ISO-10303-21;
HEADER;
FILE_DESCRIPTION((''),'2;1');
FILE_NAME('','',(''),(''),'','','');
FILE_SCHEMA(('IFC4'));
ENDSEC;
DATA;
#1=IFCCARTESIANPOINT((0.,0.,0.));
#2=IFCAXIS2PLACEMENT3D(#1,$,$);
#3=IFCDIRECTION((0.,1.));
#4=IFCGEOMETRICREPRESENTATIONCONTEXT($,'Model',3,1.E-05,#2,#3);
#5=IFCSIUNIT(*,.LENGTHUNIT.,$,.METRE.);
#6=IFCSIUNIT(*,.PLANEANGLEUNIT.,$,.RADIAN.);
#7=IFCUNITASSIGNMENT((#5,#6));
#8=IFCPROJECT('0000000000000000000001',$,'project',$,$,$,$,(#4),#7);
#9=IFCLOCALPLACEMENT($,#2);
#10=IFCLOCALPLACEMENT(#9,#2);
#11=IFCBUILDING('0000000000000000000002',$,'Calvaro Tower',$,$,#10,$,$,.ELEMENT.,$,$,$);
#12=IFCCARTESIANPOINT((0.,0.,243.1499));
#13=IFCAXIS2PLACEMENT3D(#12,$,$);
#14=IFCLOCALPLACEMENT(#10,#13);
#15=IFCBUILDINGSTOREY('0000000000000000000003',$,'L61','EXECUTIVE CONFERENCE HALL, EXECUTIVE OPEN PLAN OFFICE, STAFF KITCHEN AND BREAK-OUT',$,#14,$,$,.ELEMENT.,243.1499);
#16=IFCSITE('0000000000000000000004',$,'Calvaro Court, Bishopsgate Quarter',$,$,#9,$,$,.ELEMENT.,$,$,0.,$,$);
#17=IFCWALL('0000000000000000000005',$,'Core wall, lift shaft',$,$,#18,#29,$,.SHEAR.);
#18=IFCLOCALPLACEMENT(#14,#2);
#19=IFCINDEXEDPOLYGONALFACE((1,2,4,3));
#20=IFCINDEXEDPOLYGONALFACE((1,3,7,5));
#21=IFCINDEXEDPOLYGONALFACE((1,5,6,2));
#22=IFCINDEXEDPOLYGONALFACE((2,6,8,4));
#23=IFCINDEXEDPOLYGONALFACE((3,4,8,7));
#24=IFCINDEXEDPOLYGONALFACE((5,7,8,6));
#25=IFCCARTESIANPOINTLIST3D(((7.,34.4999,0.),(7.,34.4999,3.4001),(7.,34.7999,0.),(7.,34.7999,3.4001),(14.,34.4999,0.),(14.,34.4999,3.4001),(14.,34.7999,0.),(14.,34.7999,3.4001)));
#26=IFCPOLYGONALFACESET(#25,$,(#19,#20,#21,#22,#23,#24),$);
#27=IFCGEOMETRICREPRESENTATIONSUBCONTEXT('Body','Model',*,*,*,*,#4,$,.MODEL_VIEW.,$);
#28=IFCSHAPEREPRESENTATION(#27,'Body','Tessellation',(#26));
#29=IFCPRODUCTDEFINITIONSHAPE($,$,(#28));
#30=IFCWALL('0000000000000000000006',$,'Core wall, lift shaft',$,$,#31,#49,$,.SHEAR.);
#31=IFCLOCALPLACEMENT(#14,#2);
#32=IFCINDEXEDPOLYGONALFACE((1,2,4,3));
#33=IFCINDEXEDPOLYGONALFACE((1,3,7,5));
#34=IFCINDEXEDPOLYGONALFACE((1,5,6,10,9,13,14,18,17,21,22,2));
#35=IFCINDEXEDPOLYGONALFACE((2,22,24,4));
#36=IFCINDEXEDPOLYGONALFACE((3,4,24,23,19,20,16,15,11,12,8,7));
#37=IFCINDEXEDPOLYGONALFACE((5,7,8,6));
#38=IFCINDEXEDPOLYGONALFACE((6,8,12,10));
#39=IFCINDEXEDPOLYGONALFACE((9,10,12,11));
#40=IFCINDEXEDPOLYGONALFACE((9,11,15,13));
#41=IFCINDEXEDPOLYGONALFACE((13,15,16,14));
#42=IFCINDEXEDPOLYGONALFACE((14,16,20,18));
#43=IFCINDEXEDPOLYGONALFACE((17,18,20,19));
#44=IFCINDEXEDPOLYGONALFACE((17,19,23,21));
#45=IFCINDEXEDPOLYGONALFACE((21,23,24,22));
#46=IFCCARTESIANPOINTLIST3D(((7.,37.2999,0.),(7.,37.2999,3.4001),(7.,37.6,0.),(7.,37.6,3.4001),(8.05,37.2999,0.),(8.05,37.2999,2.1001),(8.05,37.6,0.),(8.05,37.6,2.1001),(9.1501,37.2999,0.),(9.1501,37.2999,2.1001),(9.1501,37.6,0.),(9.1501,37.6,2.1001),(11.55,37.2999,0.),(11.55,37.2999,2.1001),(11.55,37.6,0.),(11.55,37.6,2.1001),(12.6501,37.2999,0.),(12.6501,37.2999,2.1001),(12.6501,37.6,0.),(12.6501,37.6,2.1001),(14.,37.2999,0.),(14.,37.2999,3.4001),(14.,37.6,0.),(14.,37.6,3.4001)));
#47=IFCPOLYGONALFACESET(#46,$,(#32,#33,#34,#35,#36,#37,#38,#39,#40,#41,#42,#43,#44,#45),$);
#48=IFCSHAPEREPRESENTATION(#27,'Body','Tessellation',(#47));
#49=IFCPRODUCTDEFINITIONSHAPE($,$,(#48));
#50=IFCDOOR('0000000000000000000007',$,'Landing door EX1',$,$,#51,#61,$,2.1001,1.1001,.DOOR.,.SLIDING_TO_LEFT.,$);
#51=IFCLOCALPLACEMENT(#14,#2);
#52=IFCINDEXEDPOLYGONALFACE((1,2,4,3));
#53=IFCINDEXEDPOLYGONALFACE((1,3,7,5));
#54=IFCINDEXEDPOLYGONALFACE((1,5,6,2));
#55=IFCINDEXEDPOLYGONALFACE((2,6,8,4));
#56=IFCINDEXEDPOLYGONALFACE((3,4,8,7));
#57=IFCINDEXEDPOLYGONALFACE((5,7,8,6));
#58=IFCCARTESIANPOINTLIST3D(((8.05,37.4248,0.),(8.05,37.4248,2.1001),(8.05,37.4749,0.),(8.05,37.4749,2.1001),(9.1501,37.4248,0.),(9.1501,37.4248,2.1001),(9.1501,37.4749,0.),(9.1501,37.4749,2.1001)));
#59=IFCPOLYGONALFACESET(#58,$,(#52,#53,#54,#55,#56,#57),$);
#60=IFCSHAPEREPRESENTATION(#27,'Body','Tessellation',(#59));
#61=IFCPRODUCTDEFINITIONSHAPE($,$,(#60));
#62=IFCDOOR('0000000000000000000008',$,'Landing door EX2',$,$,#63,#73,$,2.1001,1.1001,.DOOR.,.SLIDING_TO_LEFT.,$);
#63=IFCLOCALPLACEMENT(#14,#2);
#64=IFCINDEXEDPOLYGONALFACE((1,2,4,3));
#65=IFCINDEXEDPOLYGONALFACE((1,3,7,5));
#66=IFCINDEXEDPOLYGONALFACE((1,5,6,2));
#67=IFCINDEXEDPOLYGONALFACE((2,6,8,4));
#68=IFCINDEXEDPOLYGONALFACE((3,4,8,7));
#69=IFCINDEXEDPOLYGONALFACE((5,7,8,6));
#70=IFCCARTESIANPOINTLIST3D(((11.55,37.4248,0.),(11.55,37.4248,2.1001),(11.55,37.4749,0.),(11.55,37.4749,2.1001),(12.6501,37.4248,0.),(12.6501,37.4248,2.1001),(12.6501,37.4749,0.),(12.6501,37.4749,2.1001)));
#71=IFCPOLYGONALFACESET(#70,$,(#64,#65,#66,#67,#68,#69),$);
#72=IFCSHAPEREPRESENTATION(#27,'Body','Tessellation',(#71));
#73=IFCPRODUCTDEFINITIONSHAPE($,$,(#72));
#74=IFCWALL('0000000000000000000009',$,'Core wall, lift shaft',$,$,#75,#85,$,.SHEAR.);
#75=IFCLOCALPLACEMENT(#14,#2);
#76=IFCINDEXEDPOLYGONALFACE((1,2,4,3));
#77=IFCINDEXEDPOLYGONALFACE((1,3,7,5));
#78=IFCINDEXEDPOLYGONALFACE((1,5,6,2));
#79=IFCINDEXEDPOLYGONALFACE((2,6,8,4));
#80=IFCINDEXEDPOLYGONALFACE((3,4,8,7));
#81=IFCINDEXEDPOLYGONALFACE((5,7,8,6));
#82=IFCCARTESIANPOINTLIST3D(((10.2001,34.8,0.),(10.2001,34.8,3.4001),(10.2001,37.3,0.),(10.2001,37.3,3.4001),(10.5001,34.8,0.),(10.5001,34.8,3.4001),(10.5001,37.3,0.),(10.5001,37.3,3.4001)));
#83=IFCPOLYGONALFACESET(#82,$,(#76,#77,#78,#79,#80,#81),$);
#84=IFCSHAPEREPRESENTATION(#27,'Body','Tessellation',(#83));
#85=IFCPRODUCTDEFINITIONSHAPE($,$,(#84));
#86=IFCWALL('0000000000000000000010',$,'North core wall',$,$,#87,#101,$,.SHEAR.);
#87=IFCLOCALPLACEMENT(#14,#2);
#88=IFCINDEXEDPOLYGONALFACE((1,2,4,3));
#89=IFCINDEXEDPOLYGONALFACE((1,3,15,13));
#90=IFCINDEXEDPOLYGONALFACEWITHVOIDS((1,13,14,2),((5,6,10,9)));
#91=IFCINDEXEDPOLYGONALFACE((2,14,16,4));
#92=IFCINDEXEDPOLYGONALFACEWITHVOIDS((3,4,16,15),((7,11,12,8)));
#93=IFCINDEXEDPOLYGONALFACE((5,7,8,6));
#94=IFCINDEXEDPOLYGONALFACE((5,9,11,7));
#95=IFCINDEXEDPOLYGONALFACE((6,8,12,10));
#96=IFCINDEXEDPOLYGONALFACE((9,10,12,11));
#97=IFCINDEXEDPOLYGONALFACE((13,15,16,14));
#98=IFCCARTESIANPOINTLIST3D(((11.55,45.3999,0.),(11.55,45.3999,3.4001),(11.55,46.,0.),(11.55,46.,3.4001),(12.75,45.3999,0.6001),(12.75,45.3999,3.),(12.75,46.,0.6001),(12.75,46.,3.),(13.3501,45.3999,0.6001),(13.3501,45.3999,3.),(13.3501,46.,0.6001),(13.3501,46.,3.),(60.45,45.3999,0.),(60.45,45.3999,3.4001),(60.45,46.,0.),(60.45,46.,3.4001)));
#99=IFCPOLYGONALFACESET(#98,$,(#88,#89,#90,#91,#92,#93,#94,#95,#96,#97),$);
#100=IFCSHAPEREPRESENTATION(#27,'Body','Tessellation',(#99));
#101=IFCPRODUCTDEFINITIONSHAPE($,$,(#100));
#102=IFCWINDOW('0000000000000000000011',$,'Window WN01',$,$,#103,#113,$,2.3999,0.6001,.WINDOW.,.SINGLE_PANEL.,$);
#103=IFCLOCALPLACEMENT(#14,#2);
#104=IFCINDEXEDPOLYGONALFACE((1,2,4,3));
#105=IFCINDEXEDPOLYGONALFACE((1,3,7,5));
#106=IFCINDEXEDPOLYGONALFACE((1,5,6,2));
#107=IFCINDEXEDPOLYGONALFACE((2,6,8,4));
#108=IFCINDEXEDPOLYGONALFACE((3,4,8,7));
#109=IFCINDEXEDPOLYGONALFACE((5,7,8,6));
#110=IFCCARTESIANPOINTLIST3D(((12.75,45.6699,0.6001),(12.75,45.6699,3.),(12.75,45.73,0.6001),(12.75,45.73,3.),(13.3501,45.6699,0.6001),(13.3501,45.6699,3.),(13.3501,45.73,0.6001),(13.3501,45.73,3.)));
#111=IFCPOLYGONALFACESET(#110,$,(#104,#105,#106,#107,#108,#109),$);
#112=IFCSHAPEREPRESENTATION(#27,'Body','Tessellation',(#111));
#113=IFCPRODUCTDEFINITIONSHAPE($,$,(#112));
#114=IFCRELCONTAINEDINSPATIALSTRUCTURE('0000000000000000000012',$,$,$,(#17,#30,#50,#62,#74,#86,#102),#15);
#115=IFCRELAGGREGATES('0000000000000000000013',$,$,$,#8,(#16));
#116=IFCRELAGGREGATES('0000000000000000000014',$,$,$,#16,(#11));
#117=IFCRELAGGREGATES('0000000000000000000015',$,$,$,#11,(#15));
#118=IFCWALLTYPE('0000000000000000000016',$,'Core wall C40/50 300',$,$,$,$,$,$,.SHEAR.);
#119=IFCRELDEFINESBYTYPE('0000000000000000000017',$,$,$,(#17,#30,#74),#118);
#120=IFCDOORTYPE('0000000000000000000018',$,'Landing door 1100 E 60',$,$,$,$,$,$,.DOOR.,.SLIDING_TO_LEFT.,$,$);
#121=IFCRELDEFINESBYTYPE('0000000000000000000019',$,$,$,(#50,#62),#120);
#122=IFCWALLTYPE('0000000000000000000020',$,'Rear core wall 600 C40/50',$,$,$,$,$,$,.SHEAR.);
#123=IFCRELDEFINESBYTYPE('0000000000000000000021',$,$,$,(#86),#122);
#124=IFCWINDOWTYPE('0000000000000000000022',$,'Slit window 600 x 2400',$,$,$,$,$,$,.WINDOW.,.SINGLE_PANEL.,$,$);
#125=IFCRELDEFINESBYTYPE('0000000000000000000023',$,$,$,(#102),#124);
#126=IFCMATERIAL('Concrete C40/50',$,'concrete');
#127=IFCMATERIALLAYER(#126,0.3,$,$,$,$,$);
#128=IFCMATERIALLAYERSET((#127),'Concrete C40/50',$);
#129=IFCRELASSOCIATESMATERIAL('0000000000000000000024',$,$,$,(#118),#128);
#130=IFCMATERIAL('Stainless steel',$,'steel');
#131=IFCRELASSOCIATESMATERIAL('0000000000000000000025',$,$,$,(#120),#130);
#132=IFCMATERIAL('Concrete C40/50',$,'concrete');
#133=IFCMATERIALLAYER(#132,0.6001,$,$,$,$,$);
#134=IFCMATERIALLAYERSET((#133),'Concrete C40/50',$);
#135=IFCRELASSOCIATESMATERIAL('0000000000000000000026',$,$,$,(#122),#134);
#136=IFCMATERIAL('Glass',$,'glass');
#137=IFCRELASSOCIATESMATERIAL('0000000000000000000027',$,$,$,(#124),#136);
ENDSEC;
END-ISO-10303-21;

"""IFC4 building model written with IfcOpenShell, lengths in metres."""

from ifc_helpers import new_model, si_unit, direction, frame, frame_2d, origin, place, context, subcontext, project, spatial, rectangle, extrude, material, layer, layer_set, type_object, element, fill, save


model = new_model("IFC4")

# Units and contexts
model_context = context("Model", 3, precision=1e-05, world=origin(), true_north=direction((0.0, 1.0)))
body_context = subcontext(model_context, "Body", "Model", "MODEL_VIEW")
ifc_project = project(units=[si_unit("LENGTHUNIT", "METRE"), si_unit("PLANEANGLEUNIT", "RADIAN")], contexts=[model_context])

# Site, building, storey
site_placement = place(None, origin())
site = spatial("IfcSite", under=ifc_project, at=site_placement, Name="Calvaro Court, Bishopsgate Quarter", CompositionType="ELEMENT", RefElevation=0.0)
building_placement = place(site_placement, origin())
building = spatial("IfcBuilding", under=site, at=building_placement, Name="Calvaro Tower", CompositionType="ELEMENT")
storey_placement = place(building_placement, frame((0.0, 0.0, 243.1499)))
storey = spatial("IfcBuildingStorey", under=building, at=storey_placement, Name="L61", Description="EXECUTIVE CONFERENCE HALL, EXECUTIVE OPEN PLAN OFFICE, STAFF KITCHEN AND BREAK-OUT", CompositionType="ELEMENT", Elevation=243.1499)

# Wall
ifc_material_1 = material(Name="Concrete C40/50", Category="concrete")
ifc_layer_1 = layer(ifc_material_1, 0.3)
ifc_layer_set_1 = layer_set([ifc_layer_1], Name="Concrete C40/50")
wall_type_1 = type_object("IfcWallType", Name="Core wall C40/50 300", PredefinedType="SHEAR", material=ifc_layer_set_1)
wall_1_placement = place(storey_placement, frame((7.0, 34.6499, 0.0), z_axis=(0.0, 0.0, 1.0), x_axis=(1.0, 0.0, 0.0)))
element("IfcWall", 1, at=wall_1_placement, inside=storey, type_object=wall_type_1, Name="Core wall, lift shaft", PredefinedType="SHEAR", context=body_context, shape_type="SweptSolid", body=[
    extrude(rectangle(XDim=7.0, YDim=0.3, at=frame_2d((3.5, 0.0))), origin(), (0.0, 0.0, 1.0), 3.4001),
])

# Wall, openings, doors
wall_2_placement = place(storey_placement, frame((7.0, 37.45, 0.0), z_axis=(0.0, 0.0, 1.0), x_axis=(1.0, 0.0, 0.0)))
wall_2 = element("IfcWall", 2, at=wall_2_placement, inside=storey, type_object=wall_type_1, Name="Core wall, lift shaft", PredefinedType="SHEAR", context=body_context, shape_type="SweptSolid", body=[
    extrude(rectangle(XDim=7.0, YDim=0.3, at=frame_2d((3.5, 0.0))), origin(), (0.0, 0.0, 1.0), 3.4001),
])
opening_1_placement = place(wall_2_placement, frame((1.05, 0.0, 0.0)))
opening_1 = element("IfcOpeningElement", 3, at=opening_1_placement, cuts=wall_2, PredefinedType="OPENING", context=body_context, shape_type="SweptSolid", body=[
    extrude(rectangle(XDim=1.1001, YDim=2.1001, at=frame_2d((0.55, 1.05))), frame((0.0, 0.1599, 0.0), z_axis=(0.0, -1.0, 0.0), x_axis=(1.0, 0.0, 0.0)), (0.0, 0.0, 1.0), 0.3201),
])
opening_2_placement = place(wall_2_placement, frame((4.55, 0.0, 0.0)))
opening_2 = element("IfcOpeningElement", 4, at=opening_2_placement, cuts=wall_2, PredefinedType="OPENING", context=body_context, shape_type="SweptSolid", body=[
    extrude(rectangle(XDim=1.1001, YDim=2.1001, at=frame_2d((0.55, 1.05))), frame((0.0, 0.1599, 0.0), z_axis=(0.0, -1.0, 0.0), x_axis=(1.0, 0.0, 0.0)), (0.0, 0.0, 1.0), 0.3201),
])
ifc_material_2 = material(Name="Stainless steel", Category="steel")
door_type_1 = type_object("IfcDoorType", Name="Landing door 1100 E 60", OperationType="SLIDING_TO_LEFT", PredefinedType="DOOR", material=ifc_material_2)
door_1_placement = place(opening_1_placement, origin())
door_1 = element("IfcDoor", 5, at=door_1_placement, inside=storey, type_object=door_type_1, Name="Landing door EX1", OperationType="SLIDING_TO_LEFT", OverallHeight=2.1001, OverallWidth=1.1001, PredefinedType="DOOR", context=body_context, shape_type="SweptSolid", body=[
    extrude(rectangle(XDim=1.1001, YDim=2.1001, at=frame_2d((0.55, 1.05))), frame((0.0, 0.0249, 0.0), z_axis=(0.0, -1.0, 0.0), x_axis=(1.0, 0.0, 0.0)), (0.0, 0.0, 1.0), 0.05),
])
fill(opening_1, door_1)
door_2_placement = place(opening_2_placement, origin())
door_2 = element("IfcDoor", 6, at=door_2_placement, inside=storey, type_object=door_type_1, Name="Landing door EX2", OperationType="SLIDING_TO_LEFT", OverallHeight=2.1001, OverallWidth=1.1001, PredefinedType="DOOR", context=body_context, shape_type="SweptSolid", body=[
    extrude(rectangle(XDim=1.1001, YDim=2.1001, at=frame_2d((0.55, 1.05))), frame((0.0, 0.0249, 0.0), z_axis=(0.0, -1.0, 0.0), x_axis=(1.0, 0.0, 0.0)), (0.0, 0.0, 1.0), 0.05),
])
fill(opening_2, door_2)

# Wall
wall_3_placement = place(storey_placement, frame((10.3501, 34.8, 0.0), z_axis=(0.0, 0.0, 1.0), x_axis=(0.0, 1.0, 0.0)))
element("IfcWall", 7, at=wall_3_placement, inside=storey, type_object=wall_type_1, Name="Core wall, lift shaft", PredefinedType="SHEAR", context=body_context, shape_type="SweptSolid", body=[
    extrude(rectangle(XDim=2.5, YDim=0.3, at=frame_2d((1.25, 0.0))), origin(), (0.0, 0.0, 1.0), 3.4001),
])

# Wall, opening, window
ifc_material_3 = material(Name="Concrete C40/50", Category="concrete")
ifc_layer_2 = layer(ifc_material_3, 0.6001)
ifc_layer_set_2 = layer_set([ifc_layer_2], Name="Concrete C40/50")
wall_type_2 = type_object("IfcWallType", Name="Rear core wall 600 C40/50", PredefinedType="SHEAR", material=ifc_layer_set_2)
wall_4_placement = place(storey_placement, frame((11.55, 45.7, 0.0), z_axis=(0.0, 0.0, 1.0), x_axis=(1.0, 0.0, 0.0)))
wall_4 = element("IfcWall", 8, at=wall_4_placement, inside=storey, type_object=wall_type_2, Name="North core wall", PredefinedType="SHEAR", context=body_context, shape_type="SweptSolid", body=[
    extrude(rectangle(XDim=48.8999, YDim=0.6001, at=frame_2d((24.45, 0.0))), origin(), (0.0, 0.0, 1.0), 3.4001),
])
opening_3_placement = place(wall_4_placement, frame((1.2, 0.0, 0.6001)))
opening_3 = element("IfcOpeningElement", 9, at=opening_3_placement, cuts=wall_4, PredefinedType="OPENING", context=body_context, shape_type="SweptSolid", body=[
    extrude(rectangle(XDim=0.6001, YDim=2.3999, at=frame_2d((0.3, 1.2))), frame((0.0, 0.3101, 0.0), z_axis=(0.0, -1.0, 0.0), x_axis=(1.0, 0.0, 0.0)), (0.0, 0.0, 1.0), 0.6201),
])
ifc_material_4 = material(Name="Glass", Category="glass")
window_type = type_object("IfcWindowType", Name="Slit window 600 x 2400", PartitioningType="SINGLE_PANEL", PredefinedType="WINDOW", material=ifc_material_4)
window_placement = place(opening_3_placement, origin())
window = element("IfcWindow", 10, at=window_placement, inside=storey, type_object=window_type, Name="Window WN01", OverallHeight=2.3999, OverallWidth=0.6001, PartitioningType="SINGLE_PANEL", PredefinedType="WINDOW", context=body_context, shape_type="SweptSolid", body=[
    extrude(rectangle(XDim=0.6001, YDim=2.3999, at=frame_2d((0.3, 1.2))), frame((0.0, 0.03, 0.0), z_axis=(0.0, -1.0, 0.0), x_axis=(1.0, 0.0, 0.0)), (0.0, 0.0, 1.0), 0.0601),
])
fill(opening_3, window)

save(model, "model.ifc")
